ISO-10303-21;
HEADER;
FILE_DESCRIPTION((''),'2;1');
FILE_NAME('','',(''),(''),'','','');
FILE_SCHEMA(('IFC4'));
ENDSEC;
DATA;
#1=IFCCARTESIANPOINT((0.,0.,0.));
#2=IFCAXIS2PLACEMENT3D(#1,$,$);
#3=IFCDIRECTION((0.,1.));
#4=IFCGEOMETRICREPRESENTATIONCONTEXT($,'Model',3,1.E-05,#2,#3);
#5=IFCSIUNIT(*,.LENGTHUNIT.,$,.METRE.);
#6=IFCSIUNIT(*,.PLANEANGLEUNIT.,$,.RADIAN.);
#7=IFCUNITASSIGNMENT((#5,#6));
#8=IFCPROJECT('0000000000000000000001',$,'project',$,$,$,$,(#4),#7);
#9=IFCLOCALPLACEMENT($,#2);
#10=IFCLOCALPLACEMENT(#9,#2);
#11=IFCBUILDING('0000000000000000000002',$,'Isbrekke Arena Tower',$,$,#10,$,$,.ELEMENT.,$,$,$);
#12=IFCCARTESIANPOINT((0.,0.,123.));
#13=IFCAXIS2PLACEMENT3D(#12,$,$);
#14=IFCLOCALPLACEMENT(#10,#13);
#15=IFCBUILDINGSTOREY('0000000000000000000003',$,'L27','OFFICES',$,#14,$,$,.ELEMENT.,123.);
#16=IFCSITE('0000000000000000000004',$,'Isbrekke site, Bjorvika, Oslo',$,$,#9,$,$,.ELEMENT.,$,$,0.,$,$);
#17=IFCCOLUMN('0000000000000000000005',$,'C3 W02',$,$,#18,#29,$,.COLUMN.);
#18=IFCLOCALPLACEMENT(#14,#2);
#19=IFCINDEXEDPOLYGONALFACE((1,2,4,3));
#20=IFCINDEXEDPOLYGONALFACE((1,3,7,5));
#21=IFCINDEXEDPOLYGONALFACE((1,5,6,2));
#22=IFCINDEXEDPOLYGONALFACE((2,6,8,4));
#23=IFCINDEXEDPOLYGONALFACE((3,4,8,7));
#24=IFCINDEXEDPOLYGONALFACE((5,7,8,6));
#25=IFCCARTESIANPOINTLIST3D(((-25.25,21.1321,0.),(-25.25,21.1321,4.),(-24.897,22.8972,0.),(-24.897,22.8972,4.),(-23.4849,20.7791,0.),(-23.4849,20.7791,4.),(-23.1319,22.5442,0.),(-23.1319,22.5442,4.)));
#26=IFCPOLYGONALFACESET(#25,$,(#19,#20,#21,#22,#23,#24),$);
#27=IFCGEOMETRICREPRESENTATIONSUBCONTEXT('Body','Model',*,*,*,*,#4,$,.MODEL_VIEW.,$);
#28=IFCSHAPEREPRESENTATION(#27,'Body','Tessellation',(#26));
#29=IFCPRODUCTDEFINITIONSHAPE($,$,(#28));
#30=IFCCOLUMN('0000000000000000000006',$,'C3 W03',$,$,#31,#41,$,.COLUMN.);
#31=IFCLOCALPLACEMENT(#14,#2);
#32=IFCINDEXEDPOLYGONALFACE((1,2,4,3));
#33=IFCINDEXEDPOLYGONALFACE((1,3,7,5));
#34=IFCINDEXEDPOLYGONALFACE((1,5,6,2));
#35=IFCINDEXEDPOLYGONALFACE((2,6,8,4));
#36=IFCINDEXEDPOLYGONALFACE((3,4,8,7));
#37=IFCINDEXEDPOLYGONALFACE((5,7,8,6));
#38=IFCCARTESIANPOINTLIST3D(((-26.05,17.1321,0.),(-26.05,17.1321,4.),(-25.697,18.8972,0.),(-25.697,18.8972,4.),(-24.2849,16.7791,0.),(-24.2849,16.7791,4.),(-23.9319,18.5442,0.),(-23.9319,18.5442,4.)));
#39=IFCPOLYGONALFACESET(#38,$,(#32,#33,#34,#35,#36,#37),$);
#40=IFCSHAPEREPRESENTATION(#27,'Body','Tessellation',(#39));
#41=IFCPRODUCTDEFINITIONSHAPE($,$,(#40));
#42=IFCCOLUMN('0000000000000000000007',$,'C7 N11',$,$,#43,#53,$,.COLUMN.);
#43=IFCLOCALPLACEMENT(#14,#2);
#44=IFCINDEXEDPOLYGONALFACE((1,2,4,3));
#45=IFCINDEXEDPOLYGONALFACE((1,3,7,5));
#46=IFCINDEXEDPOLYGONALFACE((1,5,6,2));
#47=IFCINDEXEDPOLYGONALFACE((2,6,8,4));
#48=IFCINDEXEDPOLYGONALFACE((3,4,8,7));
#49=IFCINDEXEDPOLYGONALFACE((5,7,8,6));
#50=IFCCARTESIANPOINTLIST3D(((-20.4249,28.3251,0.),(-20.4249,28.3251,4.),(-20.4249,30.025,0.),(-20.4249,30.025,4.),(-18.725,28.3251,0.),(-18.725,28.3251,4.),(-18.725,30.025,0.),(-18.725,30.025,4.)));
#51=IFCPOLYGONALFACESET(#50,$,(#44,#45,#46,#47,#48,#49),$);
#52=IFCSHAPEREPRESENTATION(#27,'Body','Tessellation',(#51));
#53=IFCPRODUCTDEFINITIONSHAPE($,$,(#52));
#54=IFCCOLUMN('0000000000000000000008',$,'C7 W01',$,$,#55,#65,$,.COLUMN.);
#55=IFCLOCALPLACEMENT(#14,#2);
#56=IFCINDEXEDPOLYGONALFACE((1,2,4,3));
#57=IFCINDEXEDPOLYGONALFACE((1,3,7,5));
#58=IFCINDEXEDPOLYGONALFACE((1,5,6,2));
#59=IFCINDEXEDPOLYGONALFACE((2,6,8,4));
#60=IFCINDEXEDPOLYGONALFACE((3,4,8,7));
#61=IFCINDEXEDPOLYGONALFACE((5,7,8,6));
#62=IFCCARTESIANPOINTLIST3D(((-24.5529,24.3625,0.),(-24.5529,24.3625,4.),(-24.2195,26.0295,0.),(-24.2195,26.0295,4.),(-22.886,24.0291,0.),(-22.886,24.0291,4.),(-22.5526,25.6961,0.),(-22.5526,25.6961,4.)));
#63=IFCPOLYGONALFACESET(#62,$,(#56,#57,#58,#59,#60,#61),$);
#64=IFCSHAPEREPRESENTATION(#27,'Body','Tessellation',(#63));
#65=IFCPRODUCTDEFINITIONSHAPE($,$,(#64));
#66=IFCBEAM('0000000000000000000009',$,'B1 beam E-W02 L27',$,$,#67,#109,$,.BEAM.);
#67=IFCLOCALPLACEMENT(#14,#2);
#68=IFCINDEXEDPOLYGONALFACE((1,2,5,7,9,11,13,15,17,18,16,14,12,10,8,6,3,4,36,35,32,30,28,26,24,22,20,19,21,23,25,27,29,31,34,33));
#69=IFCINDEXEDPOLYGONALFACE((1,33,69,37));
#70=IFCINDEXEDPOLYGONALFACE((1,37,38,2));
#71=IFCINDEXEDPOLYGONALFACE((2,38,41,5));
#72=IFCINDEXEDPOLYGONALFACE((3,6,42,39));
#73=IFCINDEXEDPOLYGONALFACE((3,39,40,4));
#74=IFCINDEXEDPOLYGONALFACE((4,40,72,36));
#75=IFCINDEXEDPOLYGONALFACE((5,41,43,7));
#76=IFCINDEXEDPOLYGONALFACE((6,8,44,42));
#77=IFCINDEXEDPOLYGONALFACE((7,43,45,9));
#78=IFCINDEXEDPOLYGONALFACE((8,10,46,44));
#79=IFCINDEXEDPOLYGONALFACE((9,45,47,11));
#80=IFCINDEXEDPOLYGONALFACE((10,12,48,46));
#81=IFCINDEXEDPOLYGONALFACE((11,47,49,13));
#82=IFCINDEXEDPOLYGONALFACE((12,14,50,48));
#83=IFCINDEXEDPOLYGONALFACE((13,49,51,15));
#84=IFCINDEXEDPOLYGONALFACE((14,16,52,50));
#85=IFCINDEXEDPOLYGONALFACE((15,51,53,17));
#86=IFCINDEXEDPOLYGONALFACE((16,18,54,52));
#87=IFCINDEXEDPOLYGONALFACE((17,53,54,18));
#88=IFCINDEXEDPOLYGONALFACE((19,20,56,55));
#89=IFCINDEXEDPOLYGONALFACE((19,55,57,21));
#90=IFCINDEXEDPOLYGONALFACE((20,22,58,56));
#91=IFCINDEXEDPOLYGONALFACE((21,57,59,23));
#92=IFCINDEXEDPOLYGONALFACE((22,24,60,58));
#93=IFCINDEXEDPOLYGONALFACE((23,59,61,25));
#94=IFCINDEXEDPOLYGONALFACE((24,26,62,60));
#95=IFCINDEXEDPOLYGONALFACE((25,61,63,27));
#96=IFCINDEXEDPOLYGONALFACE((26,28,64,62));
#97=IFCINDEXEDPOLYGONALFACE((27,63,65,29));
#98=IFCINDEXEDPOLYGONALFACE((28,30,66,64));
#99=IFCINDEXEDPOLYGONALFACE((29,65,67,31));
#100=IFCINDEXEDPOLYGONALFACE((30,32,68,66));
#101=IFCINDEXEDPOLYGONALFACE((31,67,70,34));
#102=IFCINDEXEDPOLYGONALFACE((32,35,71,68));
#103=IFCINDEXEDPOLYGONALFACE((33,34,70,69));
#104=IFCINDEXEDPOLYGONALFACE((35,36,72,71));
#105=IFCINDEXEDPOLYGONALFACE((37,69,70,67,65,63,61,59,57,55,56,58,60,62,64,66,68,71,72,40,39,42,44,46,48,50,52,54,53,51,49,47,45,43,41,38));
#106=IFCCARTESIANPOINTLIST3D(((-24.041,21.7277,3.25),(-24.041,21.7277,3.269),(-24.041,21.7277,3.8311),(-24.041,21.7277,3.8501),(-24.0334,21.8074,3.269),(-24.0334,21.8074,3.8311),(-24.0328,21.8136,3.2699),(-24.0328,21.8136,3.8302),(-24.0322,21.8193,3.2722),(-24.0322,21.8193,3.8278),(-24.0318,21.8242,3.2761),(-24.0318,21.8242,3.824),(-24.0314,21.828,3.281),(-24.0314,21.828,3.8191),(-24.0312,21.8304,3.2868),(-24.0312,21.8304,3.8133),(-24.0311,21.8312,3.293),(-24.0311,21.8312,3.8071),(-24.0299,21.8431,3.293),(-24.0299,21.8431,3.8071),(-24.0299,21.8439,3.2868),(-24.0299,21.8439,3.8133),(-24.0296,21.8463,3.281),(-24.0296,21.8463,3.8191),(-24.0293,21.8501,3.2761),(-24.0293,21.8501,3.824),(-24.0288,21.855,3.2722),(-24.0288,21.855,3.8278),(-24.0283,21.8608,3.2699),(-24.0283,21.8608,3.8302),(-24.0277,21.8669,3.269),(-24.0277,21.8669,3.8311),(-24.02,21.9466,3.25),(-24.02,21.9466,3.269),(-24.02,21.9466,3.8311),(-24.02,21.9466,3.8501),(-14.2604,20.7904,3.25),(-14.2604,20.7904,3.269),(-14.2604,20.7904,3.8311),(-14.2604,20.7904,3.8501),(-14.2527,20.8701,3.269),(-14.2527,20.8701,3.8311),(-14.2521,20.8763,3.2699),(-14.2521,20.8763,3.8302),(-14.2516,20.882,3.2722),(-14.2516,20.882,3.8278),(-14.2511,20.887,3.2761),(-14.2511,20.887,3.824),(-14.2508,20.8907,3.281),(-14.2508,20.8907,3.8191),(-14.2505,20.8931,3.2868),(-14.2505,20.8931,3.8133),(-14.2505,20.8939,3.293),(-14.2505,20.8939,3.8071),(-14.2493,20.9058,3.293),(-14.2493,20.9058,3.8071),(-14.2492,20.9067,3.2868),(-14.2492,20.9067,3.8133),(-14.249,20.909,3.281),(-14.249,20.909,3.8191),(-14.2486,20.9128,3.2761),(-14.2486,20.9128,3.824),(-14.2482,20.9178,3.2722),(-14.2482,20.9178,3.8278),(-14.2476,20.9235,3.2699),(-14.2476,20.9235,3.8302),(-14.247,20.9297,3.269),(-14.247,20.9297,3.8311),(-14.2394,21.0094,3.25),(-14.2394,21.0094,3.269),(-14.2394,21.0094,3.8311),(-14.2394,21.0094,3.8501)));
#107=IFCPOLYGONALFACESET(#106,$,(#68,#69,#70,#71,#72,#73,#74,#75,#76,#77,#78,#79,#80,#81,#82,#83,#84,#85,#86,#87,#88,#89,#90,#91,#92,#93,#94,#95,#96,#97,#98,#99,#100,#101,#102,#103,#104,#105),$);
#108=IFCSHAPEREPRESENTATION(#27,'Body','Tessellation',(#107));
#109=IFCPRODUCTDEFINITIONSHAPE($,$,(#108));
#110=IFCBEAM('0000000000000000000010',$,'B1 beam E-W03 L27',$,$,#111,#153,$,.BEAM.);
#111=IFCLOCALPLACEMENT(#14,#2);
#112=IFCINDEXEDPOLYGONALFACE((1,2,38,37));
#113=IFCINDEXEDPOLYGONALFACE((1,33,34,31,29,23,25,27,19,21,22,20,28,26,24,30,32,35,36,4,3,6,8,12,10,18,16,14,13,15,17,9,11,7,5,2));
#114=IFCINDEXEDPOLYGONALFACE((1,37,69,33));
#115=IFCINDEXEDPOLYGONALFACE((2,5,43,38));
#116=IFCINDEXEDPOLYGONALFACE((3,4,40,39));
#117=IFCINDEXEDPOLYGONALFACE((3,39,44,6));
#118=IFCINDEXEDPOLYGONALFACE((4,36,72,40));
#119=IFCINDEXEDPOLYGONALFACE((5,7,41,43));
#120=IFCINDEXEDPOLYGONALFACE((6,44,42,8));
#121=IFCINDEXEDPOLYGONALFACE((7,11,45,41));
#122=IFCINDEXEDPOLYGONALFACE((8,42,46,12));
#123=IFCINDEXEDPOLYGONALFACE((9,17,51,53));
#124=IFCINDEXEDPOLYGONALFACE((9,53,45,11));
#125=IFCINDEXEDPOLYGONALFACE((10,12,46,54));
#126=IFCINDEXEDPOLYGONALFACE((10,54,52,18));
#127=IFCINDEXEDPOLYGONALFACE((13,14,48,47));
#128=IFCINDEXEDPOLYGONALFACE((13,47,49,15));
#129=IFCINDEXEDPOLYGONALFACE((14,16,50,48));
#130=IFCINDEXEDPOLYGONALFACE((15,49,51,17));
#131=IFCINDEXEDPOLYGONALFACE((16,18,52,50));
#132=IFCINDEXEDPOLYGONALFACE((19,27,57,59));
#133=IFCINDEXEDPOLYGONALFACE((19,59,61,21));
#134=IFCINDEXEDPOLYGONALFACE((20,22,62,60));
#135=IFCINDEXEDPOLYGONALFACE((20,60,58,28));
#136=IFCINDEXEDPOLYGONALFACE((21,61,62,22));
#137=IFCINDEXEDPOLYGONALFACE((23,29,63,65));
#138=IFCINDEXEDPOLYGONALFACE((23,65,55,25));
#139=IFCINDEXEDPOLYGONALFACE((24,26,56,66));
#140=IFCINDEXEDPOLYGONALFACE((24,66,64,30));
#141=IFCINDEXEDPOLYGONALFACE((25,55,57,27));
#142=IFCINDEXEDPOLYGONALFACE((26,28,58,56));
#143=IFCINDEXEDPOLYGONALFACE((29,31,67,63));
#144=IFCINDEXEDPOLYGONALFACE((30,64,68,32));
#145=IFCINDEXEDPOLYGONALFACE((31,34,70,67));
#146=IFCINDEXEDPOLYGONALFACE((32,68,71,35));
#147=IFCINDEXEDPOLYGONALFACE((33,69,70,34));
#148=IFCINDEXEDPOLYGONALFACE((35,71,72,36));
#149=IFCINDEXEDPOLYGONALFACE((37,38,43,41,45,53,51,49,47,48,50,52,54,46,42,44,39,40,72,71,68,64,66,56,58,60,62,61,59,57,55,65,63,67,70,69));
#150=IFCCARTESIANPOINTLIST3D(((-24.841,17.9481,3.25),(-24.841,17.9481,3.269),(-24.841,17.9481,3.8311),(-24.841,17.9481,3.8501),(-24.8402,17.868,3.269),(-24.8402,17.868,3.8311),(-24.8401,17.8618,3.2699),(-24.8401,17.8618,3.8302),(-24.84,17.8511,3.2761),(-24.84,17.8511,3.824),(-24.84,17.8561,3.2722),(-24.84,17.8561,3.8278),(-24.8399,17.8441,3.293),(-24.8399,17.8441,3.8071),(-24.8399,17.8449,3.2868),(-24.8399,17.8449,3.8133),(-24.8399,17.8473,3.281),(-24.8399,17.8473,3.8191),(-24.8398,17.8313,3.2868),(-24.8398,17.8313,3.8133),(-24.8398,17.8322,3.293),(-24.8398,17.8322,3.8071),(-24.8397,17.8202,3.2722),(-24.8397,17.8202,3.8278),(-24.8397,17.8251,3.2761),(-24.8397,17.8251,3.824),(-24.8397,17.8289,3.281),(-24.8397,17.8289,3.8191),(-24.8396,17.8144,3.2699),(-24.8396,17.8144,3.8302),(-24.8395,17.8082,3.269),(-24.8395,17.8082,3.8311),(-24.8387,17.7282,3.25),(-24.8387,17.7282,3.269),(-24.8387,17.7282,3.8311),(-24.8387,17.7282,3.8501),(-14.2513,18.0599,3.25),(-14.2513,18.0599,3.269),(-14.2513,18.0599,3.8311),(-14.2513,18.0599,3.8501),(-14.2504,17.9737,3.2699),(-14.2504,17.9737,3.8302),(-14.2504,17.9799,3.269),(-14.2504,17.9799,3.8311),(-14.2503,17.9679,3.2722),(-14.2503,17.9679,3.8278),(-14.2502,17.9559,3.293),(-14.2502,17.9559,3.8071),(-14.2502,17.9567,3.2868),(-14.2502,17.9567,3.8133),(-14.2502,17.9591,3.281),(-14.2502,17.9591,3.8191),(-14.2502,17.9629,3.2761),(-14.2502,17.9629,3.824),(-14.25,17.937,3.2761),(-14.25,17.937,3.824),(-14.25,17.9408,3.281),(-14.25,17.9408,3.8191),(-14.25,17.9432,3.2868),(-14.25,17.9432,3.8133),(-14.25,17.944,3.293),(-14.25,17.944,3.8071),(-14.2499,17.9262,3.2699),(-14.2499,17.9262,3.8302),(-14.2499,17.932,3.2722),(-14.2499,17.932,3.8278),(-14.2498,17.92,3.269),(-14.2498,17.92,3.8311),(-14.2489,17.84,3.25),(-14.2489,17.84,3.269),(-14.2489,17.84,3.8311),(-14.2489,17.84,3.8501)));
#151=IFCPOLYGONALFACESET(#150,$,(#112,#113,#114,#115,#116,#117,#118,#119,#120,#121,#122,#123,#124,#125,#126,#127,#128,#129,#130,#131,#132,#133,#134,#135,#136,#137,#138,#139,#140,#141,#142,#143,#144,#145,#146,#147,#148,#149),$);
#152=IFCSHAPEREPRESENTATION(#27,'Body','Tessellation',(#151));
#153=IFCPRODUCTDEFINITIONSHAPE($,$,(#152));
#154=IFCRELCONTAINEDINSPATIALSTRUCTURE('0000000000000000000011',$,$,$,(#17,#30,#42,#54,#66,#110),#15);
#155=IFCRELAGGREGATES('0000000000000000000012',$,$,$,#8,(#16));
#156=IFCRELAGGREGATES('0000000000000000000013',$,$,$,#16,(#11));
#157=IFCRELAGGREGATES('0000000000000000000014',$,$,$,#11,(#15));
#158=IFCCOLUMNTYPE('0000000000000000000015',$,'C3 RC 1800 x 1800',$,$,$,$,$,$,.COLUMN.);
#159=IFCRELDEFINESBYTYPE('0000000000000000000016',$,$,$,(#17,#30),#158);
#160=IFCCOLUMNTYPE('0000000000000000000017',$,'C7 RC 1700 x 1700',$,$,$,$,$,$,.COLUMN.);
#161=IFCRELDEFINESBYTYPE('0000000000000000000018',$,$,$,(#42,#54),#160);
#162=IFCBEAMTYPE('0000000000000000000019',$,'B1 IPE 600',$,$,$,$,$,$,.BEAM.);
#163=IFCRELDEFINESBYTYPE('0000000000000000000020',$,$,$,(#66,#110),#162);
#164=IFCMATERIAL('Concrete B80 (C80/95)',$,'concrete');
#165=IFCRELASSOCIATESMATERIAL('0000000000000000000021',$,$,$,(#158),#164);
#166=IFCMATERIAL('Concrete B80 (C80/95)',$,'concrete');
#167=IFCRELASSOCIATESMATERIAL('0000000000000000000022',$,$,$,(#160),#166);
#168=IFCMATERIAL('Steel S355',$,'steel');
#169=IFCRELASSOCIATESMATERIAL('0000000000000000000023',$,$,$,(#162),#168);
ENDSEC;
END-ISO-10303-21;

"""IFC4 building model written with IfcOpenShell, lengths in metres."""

from ifc_helpers import new_model, si_unit, direction, frame, origin, origin_2d, place, context, subcontext, project, spatial, rectangle, i_section, extrude, material, material_profile, profile_set, type_object, element, save


model = new_model("IFC4")

# Units and contexts
model_context = context("Model", 3, precision=1e-05, world=origin(), true_north=direction((0.0, 1.0)))
body_context = subcontext(model_context, "Body", "Model", "MODEL_VIEW")
ifc_project = project(units=[si_unit("LENGTHUNIT", "METRE"), si_unit("PLANEANGLEUNIT", "RADIAN")], contexts=[model_context])

# Site, building, storey
site_placement = place(None, origin())
site = spatial("IfcSite", under=ifc_project, at=site_placement, Name="Isbrekke site, Bjorvika, Oslo", CompositionType="ELEMENT", RefElevation=0.0)
building_placement = place(site_placement, origin())
building = spatial("IfcBuilding", under=site, at=building_placement, Name="Isbrekke Arena Tower", CompositionType="ELEMENT")
storey_placement = place(building_placement, frame((0.0, 0.0, 123.0)))
storey = spatial("IfcBuildingStorey", under=building, at=storey_placement, Name="L27", Description="OFFICES", CompositionType="ELEMENT", Elevation=123.0)

# Columns
ifc_material_1 = material(Name="Concrete B80 (C80/95)", Category="concrete")
ifc_material_profile_1 = material_profile(ifc_material_1, rectangle(XDim=1.8, YDim=1.8, at=origin_2d()), Name="RC 1800x1800")
ifc_profile_set_1 = profile_set([ifc_material_profile_1], Name="Concrete B80 (C80/95)")
column_type_1 = type_object("IfcColumnType", Name="C3 RC 1800 x 1800", PredefinedType="COLUMN", material=ifc_profile_set_1)
for number, where, z_axis, x_axis, name in (
    (1, (-24.1909, 21.8381, 0.0), (0.0, 0.0, 1.0), (-0.196116, -0.980581, 0.0), "C3 W02"),
    (2, (-24.991, 17.8381, 0.0), (0.0, 0.0, 1.0), (-0.196116, -0.980581, 0.0), "C3 W03"),
):
    element("IfcColumn", number, at=place(storey_placement, frame(where, z_axis=z_axis, x_axis=x_axis)), inside=storey, type_object=column_type_1, Name=name, PredefinedType="COLUMN", context=body_context, shape_type="SweptSolid", body=[
        extrude(rectangle(XDim=1.8, YDim=1.8, at=origin_2d()), origin(), (0.0, 0.0, 1.0), 4.0),
    ])
ifc_material_2 = material(Name="Concrete B80 (C80/95)", Category="concrete")
ifc_material_profile_2 = material_profile(ifc_material_2, rectangle(XDim=1.7, YDim=1.7, at=origin_2d()), Name="RC 1700x1700")
ifc_profile_set_2 = profile_set([ifc_material_profile_2], Name="Concrete B80 (C80/95)")
column_type_2 = type_object("IfcColumnType", Name="C7 RC 1700 x 1700", PredefinedType="COLUMN", material=ifc_profile_set_2)
for number, where, z_axis, x_axis, name in (
    (3, (-19.575, 29.175, 0.0), (0.0, 0.0, 1.0), (-1.0, 0.0, 0.0), "C7 N11"),
    (4, (-23.5527, 25.0293, 0.0), (0.0, 0.0, 1.0), (-0.196116, -0.980581, 0.0), "C7 W01"),
):
    element("IfcColumn", number, at=place(storey_placement, frame(where, z_axis=z_axis, x_axis=x_axis)), inside=storey, type_object=column_type_2, Name=name, PredefinedType="COLUMN", context=body_context, shape_type="SweptSolid", body=[
        extrude(rectangle(XDim=1.7, YDim=1.7, at=origin_2d()), origin(), (0.0, 0.0, 1.0), 4.0),
    ])

# Beams
ifc_material_3 = material(Name="Steel S355", Category="steel")
ifc_material_profile_3 = material_profile(ifc_material_3, i_section(OverallWidth=0.22, OverallDepth=0.6001, WebThickness=0.012, FlangeThickness=0.019, FilletRadius=0.0239, at=origin_2d()), Name="IPE 600")
ifc_profile_set_3 = profile_set([ifc_material_profile_3], Name="Steel S355")
beam_type_1 = type_object("IfcBeamType", Name="B1 IPE 600", PredefinedType="BEAM", material=ifc_profile_set_3)
beam_1_placement = place(storey_placement, frame((-24.0305, 21.8372, 3.55), z_axis=(0.99544, -0.095392, 0.0), x_axis=(0.095392, 0.99544, 0.0)))
element("IfcBeam", 5, at=beam_1_placement, inside=storey, type_object=beam_type_1, Name="B1 beam E-W02 L27", PredefinedType="BEAM", context=body_context, shape_type="SweptSolid", body=[
    extrude(i_section(OverallWidth=0.22, OverallDepth=0.6001, WebThickness=0.012, FlangeThickness=0.019, FilletRadius=0.0239, at=origin_2d()), origin(), (0.0, 0.0, 1.0), 9.8254),
])
beam_2_placement = place(storey_placement, frame((-24.8398, 17.8381, 3.55), z_axis=(0.999944, 0.010558, 0.0), x_axis=(-0.010558, 0.999944, 0.0)))
element("IfcBeam", 6, at=beam_2_placement, inside=storey, type_object=beam_type_1, Name="B1 beam E-W03 L27", PredefinedType="BEAM", context=body_context, shape_type="SweptSolid", body=[
    extrude(i_section(OverallWidth=0.22, OverallDepth=0.6001, WebThickness=0.012, FlangeThickness=0.019, FilletRadius=0.0239, at=origin_2d()), origin(), (0.0, 0.0, 1.0), 10.5903),
])

save(model, "model.ifc")
